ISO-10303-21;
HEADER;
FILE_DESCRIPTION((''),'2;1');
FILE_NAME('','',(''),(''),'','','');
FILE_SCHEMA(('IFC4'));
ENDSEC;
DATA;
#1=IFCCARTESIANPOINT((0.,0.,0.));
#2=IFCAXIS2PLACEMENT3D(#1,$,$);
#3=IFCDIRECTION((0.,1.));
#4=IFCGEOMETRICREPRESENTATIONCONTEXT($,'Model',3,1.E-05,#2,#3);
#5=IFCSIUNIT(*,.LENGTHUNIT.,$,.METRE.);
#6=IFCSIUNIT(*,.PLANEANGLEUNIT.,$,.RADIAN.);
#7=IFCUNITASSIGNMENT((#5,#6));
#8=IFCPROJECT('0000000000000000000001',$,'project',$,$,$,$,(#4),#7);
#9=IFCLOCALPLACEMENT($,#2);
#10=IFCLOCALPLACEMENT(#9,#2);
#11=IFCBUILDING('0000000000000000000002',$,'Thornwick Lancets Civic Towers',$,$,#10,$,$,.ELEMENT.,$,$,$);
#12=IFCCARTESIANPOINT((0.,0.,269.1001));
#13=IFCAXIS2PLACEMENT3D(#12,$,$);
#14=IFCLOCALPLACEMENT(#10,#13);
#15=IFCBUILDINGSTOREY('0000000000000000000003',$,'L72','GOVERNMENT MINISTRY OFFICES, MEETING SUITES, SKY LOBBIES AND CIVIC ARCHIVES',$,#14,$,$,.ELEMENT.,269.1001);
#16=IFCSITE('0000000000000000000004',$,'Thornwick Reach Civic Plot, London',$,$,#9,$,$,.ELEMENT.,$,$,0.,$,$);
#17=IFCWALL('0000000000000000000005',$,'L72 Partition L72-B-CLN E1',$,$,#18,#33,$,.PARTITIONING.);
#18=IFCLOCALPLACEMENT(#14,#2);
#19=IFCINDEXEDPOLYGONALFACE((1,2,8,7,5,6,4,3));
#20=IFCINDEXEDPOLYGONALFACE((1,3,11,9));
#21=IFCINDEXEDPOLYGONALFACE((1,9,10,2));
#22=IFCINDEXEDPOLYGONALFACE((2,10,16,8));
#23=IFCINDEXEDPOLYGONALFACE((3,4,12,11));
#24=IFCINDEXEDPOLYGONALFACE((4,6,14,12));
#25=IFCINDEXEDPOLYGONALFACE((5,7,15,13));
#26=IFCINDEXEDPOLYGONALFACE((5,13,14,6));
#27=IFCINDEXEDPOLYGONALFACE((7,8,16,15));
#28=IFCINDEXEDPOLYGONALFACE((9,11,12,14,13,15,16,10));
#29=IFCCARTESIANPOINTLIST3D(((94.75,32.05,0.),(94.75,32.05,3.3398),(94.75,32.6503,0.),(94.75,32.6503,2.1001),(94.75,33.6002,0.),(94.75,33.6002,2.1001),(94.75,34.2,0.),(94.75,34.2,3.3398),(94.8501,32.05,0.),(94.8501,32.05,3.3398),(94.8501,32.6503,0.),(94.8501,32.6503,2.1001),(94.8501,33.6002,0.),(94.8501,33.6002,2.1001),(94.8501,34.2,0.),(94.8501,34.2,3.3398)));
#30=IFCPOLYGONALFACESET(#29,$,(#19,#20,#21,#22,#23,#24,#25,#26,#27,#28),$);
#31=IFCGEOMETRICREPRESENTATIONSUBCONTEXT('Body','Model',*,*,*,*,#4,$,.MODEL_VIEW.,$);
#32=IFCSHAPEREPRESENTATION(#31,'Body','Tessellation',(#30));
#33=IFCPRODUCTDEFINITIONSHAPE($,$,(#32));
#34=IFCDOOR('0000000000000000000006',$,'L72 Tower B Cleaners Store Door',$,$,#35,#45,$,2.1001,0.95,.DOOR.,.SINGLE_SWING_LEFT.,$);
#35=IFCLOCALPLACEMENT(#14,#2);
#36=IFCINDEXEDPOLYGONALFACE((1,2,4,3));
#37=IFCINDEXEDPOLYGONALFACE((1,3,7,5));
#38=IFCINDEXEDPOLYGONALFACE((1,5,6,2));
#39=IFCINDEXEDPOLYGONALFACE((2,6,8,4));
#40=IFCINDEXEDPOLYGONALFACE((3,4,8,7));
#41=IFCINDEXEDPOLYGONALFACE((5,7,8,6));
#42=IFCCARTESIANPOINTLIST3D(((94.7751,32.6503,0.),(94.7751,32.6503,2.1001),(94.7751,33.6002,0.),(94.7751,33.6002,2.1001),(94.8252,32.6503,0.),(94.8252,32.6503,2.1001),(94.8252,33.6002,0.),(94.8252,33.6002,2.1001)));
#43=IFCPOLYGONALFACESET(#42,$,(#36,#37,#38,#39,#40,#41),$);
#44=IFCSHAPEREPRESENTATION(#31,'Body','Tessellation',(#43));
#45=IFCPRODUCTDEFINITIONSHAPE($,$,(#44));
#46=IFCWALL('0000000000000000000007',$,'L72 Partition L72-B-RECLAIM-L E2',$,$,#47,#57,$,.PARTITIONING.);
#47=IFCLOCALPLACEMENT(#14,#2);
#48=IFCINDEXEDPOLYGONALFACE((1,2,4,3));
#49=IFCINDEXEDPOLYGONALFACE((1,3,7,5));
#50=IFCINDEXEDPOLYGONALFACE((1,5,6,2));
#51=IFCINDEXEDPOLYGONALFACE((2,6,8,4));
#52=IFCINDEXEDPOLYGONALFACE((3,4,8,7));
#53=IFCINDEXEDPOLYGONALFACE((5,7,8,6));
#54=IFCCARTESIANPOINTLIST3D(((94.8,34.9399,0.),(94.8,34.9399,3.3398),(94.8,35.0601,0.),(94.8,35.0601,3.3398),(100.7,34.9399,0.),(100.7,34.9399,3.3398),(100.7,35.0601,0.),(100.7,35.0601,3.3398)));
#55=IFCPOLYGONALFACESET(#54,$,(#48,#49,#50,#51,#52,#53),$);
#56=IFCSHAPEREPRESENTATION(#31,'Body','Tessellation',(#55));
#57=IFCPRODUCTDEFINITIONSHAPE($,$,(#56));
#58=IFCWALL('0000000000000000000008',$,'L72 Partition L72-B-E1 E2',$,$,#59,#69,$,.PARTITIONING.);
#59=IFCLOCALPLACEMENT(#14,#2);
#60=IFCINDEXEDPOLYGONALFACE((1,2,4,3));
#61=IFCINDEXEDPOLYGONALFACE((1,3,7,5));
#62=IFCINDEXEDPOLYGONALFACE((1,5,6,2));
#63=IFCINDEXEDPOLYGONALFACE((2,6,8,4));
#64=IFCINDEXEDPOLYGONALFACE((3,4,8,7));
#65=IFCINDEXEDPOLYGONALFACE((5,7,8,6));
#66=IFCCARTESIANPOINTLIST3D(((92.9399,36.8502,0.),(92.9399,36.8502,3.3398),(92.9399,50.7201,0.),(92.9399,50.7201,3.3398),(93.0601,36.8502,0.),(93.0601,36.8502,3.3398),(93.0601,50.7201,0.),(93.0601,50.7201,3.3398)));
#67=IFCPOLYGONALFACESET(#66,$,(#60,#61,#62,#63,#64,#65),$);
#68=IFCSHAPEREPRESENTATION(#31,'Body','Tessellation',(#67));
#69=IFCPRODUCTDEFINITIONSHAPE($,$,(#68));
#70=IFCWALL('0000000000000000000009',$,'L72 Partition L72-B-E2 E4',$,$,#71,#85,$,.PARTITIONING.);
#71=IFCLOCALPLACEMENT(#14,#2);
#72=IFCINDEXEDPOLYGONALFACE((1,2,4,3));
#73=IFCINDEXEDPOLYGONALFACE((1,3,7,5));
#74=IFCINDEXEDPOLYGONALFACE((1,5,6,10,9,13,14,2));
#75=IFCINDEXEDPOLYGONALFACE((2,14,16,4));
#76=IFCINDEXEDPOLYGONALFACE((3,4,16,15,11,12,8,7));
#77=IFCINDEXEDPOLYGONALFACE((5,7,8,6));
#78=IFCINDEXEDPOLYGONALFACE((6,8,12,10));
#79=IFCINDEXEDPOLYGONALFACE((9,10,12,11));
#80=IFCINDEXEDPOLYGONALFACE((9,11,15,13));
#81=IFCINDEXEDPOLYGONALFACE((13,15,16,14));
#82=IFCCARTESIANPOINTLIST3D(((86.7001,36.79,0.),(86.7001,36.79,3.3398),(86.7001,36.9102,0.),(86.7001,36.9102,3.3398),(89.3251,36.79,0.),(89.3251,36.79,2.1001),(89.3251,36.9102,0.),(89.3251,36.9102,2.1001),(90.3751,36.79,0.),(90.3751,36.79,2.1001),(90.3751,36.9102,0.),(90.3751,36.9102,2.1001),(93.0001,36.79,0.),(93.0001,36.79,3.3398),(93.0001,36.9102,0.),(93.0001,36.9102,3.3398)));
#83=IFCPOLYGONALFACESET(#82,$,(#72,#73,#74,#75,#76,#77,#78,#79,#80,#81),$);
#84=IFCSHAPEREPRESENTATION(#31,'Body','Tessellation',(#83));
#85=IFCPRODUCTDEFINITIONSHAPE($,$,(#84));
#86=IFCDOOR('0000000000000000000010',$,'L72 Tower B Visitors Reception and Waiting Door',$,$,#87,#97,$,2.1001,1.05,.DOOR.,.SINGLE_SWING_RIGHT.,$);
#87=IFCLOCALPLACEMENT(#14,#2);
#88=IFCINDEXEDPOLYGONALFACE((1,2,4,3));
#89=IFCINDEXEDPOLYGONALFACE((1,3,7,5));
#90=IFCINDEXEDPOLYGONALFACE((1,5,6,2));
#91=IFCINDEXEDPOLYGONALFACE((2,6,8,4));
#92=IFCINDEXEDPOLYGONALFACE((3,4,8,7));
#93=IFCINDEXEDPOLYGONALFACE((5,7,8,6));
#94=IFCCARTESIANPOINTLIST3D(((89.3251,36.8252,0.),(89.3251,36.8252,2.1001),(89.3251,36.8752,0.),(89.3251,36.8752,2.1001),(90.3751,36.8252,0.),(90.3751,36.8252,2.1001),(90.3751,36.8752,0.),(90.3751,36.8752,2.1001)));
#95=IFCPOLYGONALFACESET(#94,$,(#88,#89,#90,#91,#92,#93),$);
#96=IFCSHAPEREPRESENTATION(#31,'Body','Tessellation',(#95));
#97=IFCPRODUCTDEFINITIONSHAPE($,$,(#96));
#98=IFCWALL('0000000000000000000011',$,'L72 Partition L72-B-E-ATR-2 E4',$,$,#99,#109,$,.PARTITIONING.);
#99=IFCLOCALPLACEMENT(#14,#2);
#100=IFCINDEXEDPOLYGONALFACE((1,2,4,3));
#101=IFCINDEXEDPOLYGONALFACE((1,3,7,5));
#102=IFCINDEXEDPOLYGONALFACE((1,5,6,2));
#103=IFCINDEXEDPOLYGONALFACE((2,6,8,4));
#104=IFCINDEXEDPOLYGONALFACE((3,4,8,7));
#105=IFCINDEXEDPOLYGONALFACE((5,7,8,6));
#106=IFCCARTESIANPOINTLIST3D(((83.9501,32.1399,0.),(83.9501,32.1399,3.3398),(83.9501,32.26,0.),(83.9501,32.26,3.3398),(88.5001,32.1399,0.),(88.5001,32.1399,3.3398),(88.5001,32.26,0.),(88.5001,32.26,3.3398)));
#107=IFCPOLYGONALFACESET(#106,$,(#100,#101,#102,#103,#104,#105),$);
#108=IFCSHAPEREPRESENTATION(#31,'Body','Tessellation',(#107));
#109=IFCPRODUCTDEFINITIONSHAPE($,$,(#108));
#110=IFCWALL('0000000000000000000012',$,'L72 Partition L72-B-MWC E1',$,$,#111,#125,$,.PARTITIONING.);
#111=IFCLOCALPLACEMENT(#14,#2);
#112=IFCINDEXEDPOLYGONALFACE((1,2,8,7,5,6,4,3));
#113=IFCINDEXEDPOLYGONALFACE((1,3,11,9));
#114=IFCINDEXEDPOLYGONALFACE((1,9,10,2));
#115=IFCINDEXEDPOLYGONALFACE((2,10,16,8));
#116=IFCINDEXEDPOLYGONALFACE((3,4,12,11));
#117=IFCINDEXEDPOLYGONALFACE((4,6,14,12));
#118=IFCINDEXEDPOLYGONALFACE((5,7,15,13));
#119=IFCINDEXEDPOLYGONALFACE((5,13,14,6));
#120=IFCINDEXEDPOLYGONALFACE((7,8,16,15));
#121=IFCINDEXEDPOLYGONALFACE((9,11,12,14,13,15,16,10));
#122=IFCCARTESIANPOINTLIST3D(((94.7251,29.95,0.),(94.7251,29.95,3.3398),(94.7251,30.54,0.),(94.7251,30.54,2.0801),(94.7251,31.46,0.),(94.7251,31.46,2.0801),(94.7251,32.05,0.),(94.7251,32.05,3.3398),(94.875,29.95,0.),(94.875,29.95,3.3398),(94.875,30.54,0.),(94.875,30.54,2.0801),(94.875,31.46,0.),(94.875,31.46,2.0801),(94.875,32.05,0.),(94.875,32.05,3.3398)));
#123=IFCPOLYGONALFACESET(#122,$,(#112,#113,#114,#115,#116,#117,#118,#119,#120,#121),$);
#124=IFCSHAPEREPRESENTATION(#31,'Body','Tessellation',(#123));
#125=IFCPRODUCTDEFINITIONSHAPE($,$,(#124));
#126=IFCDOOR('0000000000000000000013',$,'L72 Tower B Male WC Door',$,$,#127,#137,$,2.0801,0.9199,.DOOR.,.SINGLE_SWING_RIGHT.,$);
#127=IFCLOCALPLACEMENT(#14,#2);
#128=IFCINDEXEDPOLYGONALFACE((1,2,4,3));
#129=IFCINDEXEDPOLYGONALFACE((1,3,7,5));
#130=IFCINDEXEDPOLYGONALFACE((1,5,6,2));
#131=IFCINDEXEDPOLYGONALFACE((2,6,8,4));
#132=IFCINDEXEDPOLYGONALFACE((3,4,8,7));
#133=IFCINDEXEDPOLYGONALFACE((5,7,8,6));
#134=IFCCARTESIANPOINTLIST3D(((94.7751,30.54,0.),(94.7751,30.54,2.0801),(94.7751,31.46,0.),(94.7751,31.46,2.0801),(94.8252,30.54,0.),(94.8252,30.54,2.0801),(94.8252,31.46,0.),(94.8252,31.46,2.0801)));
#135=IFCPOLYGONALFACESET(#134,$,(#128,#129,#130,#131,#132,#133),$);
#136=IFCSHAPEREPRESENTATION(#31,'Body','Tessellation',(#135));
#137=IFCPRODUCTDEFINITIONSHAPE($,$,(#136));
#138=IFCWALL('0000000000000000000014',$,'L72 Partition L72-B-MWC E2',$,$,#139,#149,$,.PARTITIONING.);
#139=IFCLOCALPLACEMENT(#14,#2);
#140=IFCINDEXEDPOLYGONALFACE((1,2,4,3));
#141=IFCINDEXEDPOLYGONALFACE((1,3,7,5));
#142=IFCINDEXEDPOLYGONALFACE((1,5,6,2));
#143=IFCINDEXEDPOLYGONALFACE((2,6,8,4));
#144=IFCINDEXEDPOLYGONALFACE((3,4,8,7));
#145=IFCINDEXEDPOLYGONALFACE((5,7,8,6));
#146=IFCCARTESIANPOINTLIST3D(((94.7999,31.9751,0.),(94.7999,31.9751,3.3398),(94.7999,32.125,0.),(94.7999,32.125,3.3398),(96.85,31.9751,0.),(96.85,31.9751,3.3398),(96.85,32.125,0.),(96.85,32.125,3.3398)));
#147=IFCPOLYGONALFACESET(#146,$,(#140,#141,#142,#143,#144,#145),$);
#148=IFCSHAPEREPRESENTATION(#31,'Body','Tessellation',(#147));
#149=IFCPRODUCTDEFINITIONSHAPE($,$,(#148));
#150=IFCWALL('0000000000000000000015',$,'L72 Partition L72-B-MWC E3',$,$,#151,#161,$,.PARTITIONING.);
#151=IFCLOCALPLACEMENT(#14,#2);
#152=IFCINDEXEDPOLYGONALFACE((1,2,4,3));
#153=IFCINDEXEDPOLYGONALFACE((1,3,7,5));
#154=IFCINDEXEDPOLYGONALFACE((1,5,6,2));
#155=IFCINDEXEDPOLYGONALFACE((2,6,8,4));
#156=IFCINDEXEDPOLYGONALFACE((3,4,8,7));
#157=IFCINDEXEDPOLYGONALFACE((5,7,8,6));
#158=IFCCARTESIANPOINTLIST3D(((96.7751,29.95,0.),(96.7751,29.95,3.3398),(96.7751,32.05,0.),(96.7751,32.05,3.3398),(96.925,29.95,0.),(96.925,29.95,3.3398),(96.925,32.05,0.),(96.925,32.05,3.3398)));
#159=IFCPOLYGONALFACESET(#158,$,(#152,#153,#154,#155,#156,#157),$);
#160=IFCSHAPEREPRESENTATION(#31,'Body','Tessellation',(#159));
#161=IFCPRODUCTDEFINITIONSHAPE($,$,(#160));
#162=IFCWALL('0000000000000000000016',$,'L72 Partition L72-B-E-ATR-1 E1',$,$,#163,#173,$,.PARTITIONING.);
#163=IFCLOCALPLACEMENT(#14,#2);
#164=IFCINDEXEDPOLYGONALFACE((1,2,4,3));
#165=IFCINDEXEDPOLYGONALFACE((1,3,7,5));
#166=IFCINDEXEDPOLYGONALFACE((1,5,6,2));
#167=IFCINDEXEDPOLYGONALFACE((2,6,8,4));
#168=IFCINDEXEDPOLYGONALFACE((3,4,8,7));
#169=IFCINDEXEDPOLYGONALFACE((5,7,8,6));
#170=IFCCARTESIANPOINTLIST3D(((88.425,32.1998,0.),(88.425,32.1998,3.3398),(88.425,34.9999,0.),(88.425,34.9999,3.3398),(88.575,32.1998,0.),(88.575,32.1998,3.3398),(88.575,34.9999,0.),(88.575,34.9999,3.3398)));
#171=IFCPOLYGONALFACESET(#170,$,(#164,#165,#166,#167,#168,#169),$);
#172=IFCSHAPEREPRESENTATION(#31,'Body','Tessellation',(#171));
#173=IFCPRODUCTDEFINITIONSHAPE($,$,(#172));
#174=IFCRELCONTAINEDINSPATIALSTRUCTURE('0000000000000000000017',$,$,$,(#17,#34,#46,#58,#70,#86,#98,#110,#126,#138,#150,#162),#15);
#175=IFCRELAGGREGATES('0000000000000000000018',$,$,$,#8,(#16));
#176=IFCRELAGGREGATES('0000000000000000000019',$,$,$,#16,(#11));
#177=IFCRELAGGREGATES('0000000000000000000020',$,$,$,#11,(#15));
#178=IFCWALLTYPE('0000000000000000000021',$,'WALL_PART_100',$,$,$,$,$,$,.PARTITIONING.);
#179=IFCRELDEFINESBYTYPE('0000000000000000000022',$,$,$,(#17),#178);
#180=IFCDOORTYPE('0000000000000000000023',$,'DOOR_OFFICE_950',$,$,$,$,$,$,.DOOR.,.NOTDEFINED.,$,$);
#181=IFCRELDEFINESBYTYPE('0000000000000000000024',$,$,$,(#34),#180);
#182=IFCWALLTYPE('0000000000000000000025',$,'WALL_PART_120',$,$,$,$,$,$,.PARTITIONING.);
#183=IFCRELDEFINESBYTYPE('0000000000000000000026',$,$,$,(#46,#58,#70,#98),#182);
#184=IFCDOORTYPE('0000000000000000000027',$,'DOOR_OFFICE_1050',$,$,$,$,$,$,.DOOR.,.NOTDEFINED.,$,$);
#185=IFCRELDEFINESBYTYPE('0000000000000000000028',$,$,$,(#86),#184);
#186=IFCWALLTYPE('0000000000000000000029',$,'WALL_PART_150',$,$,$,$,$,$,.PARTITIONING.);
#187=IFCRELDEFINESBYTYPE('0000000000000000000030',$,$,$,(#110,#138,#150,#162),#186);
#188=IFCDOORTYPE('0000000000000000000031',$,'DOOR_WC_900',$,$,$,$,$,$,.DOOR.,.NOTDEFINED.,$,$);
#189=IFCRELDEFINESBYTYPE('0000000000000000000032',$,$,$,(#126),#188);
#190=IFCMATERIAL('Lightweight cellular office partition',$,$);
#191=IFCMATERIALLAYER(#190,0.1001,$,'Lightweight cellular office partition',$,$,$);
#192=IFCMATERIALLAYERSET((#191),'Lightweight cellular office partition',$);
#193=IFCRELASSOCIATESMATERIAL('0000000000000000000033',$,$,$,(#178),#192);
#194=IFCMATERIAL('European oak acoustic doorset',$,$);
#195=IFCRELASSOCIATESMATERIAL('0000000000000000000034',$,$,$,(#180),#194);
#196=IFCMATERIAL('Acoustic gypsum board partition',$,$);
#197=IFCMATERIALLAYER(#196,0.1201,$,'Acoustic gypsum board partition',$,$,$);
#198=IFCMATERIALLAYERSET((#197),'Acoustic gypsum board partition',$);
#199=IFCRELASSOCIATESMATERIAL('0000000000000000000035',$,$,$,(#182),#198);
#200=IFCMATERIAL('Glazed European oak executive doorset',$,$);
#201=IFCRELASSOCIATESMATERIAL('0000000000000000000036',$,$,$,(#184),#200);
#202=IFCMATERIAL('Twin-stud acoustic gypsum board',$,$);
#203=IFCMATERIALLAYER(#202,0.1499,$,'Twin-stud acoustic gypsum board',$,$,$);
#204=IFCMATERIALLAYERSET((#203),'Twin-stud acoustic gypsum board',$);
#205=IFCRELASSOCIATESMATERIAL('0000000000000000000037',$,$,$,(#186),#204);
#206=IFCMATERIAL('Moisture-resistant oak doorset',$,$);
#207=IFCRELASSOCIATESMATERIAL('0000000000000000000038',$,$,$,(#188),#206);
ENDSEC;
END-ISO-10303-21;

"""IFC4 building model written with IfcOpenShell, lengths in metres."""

from ifc_helpers import new_model, si_unit, direction, frame, frame_2d, origin, place, context, subcontext, project, spatial, rectangle, extrude, material, layer, layer_set, type_object, element, fill, save


model = new_model("IFC4")

# Units and contexts
model_context = context("Model", 3, precision=1e-05, world=origin(), true_north=direction((0.0, 1.0)))
body_context = subcontext(model_context, "Body", "Model", "MODEL_VIEW")
ifc_project = project(units=[si_unit("LENGTHUNIT", "METRE"), si_unit("PLANEANGLEUNIT", "RADIAN")], contexts=[model_context])

# Site, building, storey
site_placement = place(None, origin())
site = spatial("IfcSite", under=ifc_project, at=site_placement, Name="Thornwick Reach Civic Plot, London", CompositionType="ELEMENT", RefElevation=0.0)
building_placement = place(site_placement, origin())
building = spatial("IfcBuilding", under=site, at=building_placement, Name="Thornwick Lancets Civic Towers", CompositionType="ELEMENT")
storey_placement = place(building_placement, frame((0.0, 0.0, 269.1001)))
storey = spatial("IfcBuildingStorey", under=building, at=storey_placement, Name="L72", Description="GOVERNMENT MINISTRY OFFICES, MEETING SUITES, SKY LOBBIES AND CIVIC ARCHIVES", CompositionType="ELEMENT", Elevation=269.1001)

# Wall, opening, door
ifc_material_1 = material(Name="Lightweight cellular office partition")
ifc_layer_1 = layer(ifc_material_1, 0.1001, Name="Lightweight cellular office partition")
ifc_layer_set_1 = layer_set([ifc_layer_1], Name="Lightweight cellular office partition")
wall_type_1 = type_object("IfcWallType", Name="WALL_PART_100", PredefinedType="PARTITIONING", material=ifc_layer_set_1)
wall_1_placement = place(storey_placement, frame((94.8, 32.05, 0.0), z_axis=(0.0, 0.0, 1.0), x_axis=(0.0, 1.0, 0.0)))
wall_1 = element("IfcWall", 1, at=wall_1_placement, inside=storey, type_object=wall_type_1, Name="L72 Partition L72-B-CLN E1", PredefinedType="PARTITIONING", context=body_context, shape_type="SweptSolid", body=[
    extrude(rectangle(XDim=2.1499, YDim=0.1001, at=frame_2d((1.075, 0.0))), origin(), (0.0, 0.0, 1.0), 3.3398),
])
opening_1_placement = place(wall_1_placement, frame((0.6001, 0.0, 0.0)))
opening_1 = element("IfcOpeningElement", 2, at=opening_1_placement, cuts=wall_1, PredefinedType="OPENING", context=body_context, shape_type="SweptSolid", body=[
    extrude(rectangle(XDim=0.95, YDim=2.1001, at=frame_2d((0.4751, 1.05))), frame((0.0, 0.0601, 0.0), z_axis=(0.0, -1.0, 0.0), x_axis=(1.0, 0.0, 0.0)), (0.0, 0.0, 1.0), 0.1201),
])
ifc_material_2 = material(Name="European oak acoustic doorset")
door_type_1 = type_object("IfcDoorType", Name="DOOR_OFFICE_950", OperationType="NOTDEFINED", PredefinedType="DOOR", material=ifc_material_2)
door_1_placement = place(opening_1_placement, origin())
door_1 = element("IfcDoor", 3, at=door_1_placement, inside=storey, type_object=door_type_1, Name="L72 Tower B Cleaners Store Door", OperationType="SINGLE_SWING_LEFT", OverallHeight=2.1001, OverallWidth=0.95, PredefinedType="DOOR", context=body_context, shape_type="SweptSolid", body=[
    extrude(rectangle(XDim=0.95, YDim=2.1001, at=frame_2d((0.4751, 1.05))), frame((0.0, 0.0249, 0.0), z_axis=(0.0, -1.0, 0.0), x_axis=(1.0, 0.0, 0.0)), (0.0, 0.0, 1.0), 0.05),
])
fill(opening_1, door_1)

# Walls
ifc_material_3 = material(Name="Acoustic gypsum board partition")
ifc_layer_2 = layer(ifc_material_3, 0.1201, Name="Acoustic gypsum board partition")
ifc_layer_set_2 = layer_set([ifc_layer_2], Name="Acoustic gypsum board partition")
wall_type_2 = type_object("IfcWallType", Name="WALL_PART_120", PredefinedType="PARTITIONING", material=ifc_layer_set_2)
wall_2_placement = place(storey_placement, frame((94.8, 35.0, 0.0), z_axis=(0.0, 0.0, 1.0), x_axis=(1.0, 0.0, 0.0)))
element("IfcWall", 4, at=wall_2_placement, inside=storey, type_object=wall_type_2, Name="L72 Partition L72-B-RECLAIM-L E2", PredefinedType="PARTITIONING", context=body_context, shape_type="SweptSolid", body=[
    extrude(rectangle(XDim=5.8999, YDim=0.1201, at=frame_2d((2.95, 0.0))), origin(), (0.0, 0.0, 1.0), 3.3398),
])
wall_3_placement = place(storey_placement, frame((93.0, 36.8501, 0.0), z_axis=(0.0, 0.0, 1.0), x_axis=(0.0, 1.0, 0.0)))
element("IfcWall", 5, at=wall_3_placement, inside=storey, type_object=wall_type_2, Name="L72 Partition L72-B-E1 E2", PredefinedType="PARTITIONING", context=body_context, shape_type="SweptSolid", body=[
    extrude(rectangle(XDim=13.8699, YDim=0.1201, at=frame_2d((6.9351, 0.0))), origin(), (0.0, 0.0, 1.0), 3.3398),
])

# Wall, opening, door
wall_4_placement = place(storey_placement, frame((93.0, 36.8501, 0.0), z_axis=(0.0, 0.0, 1.0), x_axis=(-1.0, 0.0, 0.0)))
wall_4 = element("IfcWall", 6, at=wall_4_placement, inside=storey, type_object=wall_type_2, Name="L72 Partition L72-B-E2 E4", PredefinedType="PARTITIONING", context=body_context, shape_type="SweptSolid", body=[
    extrude(rectangle(XDim=6.3, YDim=0.1201, at=frame_2d((3.1499, 0.0))), origin(), (0.0, 0.0, 1.0), 3.3398),
])
opening_2_placement = place(wall_4_placement, frame((2.625, 0.0, 0.0)))
opening_2 = element("IfcOpeningElement", 7, at=opening_2_placement, cuts=wall_4, PredefinedType="OPENING", context=body_context, shape_type="SweptSolid", body=[
    extrude(rectangle(XDim=1.05, YDim=2.1001, at=frame_2d((0.5249, 1.05))), frame((0.0, 0.0701, 0.0), z_axis=(0.0, -1.0, 0.0), x_axis=(1.0, 0.0, 0.0)), (0.0, 0.0, 1.0), 0.1401),
])
ifc_material_4 = material(Name="Glazed European oak executive doorset")
door_type_2 = type_object("IfcDoorType", Name="DOOR_OFFICE_1050", OperationType="NOTDEFINED", PredefinedType="DOOR", material=ifc_material_4)
door_2_placement = place(opening_2_placement, origin())
door_2 = element("IfcDoor", 8, at=door_2_placement, inside=storey, type_object=door_type_2, Name="L72 Tower B Visitors Reception and Waiting Door", OperationType="SINGLE_SWING_RIGHT", OverallHeight=2.1001, OverallWidth=1.05, PredefinedType="DOOR", context=body_context, shape_type="SweptSolid", body=[
    extrude(rectangle(XDim=1.05, YDim=2.1001, at=frame_2d((0.5249, 1.05))), frame((0.0, 0.0249, 0.0), z_axis=(0.0, -1.0, 0.0), x_axis=(1.0, 0.0, 0.0)), (0.0, 0.0, 1.0), 0.05),
])
fill(opening_2, door_2)

# Wall
wall_5_placement = place(storey_placement, frame((88.5, 32.2, 0.0), z_axis=(0.0, 0.0, 1.0), x_axis=(-1.0, 0.0, 0.0)))
element("IfcWall", 9, at=wall_5_placement, inside=storey, type_object=wall_type_2, Name="L72 Partition L72-B-E-ATR-2 E4", PredefinedType="PARTITIONING", context=body_context, shape_type="SweptSolid", body=[
    extrude(rectangle(XDim=4.55, YDim=0.1201, at=frame_2d((2.2749, 0.0))), origin(), (0.0, 0.0, 1.0), 3.3398),
])

# Wall, opening, door
ifc_material_5 = material(Name="Twin-stud acoustic gypsum board")
ifc_layer_3 = layer(ifc_material_5, 0.1499, Name="Twin-stud acoustic gypsum board")
ifc_layer_set_3 = layer_set([ifc_layer_3], Name="Twin-stud acoustic gypsum board")
wall_type_3 = type_object("IfcWallType", Name="WALL_PART_150", PredefinedType="PARTITIONING", material=ifc_layer_set_3)
wall_6_placement = place(storey_placement, frame((94.8, 29.95, 0.0), z_axis=(0.0, 0.0, 1.0), x_axis=(0.0, 1.0, 0.0)))
wall_6 = element("IfcWall", 10, at=wall_6_placement, inside=storey, type_object=wall_type_3, Name="L72 Partition L72-B-MWC E1", PredefinedType="PARTITIONING", context=body_context, shape_type="SweptSolid", body=[
    extrude(rectangle(XDim=2.1001, YDim=0.1499, at=frame_2d((1.05, 0.0))), origin(), (0.0, 0.0, 1.0), 3.3398),
])
opening_3_placement = place(wall_6_placement, frame((0.5901, 0.0, 0.0)))
opening_3 = element("IfcOpeningElement", 11, at=opening_3_placement, cuts=wall_6, PredefinedType="OPENING", context=body_context, shape_type="SweptSolid", body=[
    extrude(rectangle(XDim=0.9199, YDim=2.0801, at=frame_2d((0.46, 1.04))), frame((0.0, 0.085, 0.0), z_axis=(0.0, -1.0, 0.0), x_axis=(1.0, 0.0, 0.0)), (0.0, 0.0, 1.0), 0.1699),
])
ifc_material_6 = material(Name="Moisture-resistant oak doorset")
door_type_3 = type_object("IfcDoorType", Name="DOOR_WC_900", OperationType="NOTDEFINED", PredefinedType="DOOR", material=ifc_material_6)
door_3_placement = place(opening_3_placement, origin())
door_3 = element("IfcDoor", 12, at=door_3_placement, inside=storey, type_object=door_type_3, Name="L72 Tower B Male WC Door", OperationType="SINGLE_SWING_RIGHT", OverallHeight=2.0801, OverallWidth=0.9199, PredefinedType="DOOR", context=body_context, shape_type="SweptSolid", body=[
    extrude(rectangle(XDim=0.9199, YDim=2.0801, at=frame_2d((0.46, 1.04))), frame((0.0, 0.0249, 0.0), z_axis=(0.0, -1.0, 0.0), x_axis=(1.0, 0.0, 0.0)), (0.0, 0.0, 1.0), 0.05),
])
fill(opening_3, door_3)

# Walls
wall_7_placement = place(storey_placement, frame((94.8, 32.05, 0.0), z_axis=(0.0, 0.0, 1.0), x_axis=(1.0, 0.0, 0.0)))
element("IfcWall", 13, at=wall_7_placement, inside=storey, type_object=wall_type_3, Name="L72 Partition L72-B-MWC E2", PredefinedType="PARTITIONING", context=body_context, shape_type="SweptSolid", body=[
    extrude(rectangle(XDim=2.05, YDim=0.1499, at=frame_2d((1.0249, 0.0))), origin(), (0.0, 0.0, 1.0), 3.3398),
])
wall_8_placement = place(storey_placement, frame((96.8501, 32.05, 0.0), z_axis=(0.0, 0.0, 1.0), x_axis=(0.0, -1.0, 0.0)))
element("IfcWall", 14, at=wall_8_placement, inside=storey, type_object=wall_type_3, Name="L72 Partition L72-B-MWC E3", PredefinedType="PARTITIONING", context=body_context, shape_type="SweptSolid", body=[
    extrude(rectangle(XDim=2.1001, YDim=0.1499, at=frame_2d((1.05, 0.0))), origin(), (0.0, 0.0, 1.0), 3.3398),
])
wall_9_placement = place(storey_placement, frame((88.5, 32.2, 0.0), z_axis=(0.0, 0.0, 1.0), x_axis=(0.0, 1.0, 0.0)))
element("IfcWall", 15, at=wall_9_placement, inside=storey, type_object=wall_type_3, Name="L72 Partition L72-B-E-ATR-1 E1", PredefinedType="PARTITIONING", context=body_context, shape_type="SweptSolid", body=[
    extrude(rectangle(XDim=2.8, YDim=0.1499, at=frame_2d((1.3999, 0.0))), origin(), (0.0, 0.0, 1.0), 3.3398),
])

save(model, "model.ifc")
